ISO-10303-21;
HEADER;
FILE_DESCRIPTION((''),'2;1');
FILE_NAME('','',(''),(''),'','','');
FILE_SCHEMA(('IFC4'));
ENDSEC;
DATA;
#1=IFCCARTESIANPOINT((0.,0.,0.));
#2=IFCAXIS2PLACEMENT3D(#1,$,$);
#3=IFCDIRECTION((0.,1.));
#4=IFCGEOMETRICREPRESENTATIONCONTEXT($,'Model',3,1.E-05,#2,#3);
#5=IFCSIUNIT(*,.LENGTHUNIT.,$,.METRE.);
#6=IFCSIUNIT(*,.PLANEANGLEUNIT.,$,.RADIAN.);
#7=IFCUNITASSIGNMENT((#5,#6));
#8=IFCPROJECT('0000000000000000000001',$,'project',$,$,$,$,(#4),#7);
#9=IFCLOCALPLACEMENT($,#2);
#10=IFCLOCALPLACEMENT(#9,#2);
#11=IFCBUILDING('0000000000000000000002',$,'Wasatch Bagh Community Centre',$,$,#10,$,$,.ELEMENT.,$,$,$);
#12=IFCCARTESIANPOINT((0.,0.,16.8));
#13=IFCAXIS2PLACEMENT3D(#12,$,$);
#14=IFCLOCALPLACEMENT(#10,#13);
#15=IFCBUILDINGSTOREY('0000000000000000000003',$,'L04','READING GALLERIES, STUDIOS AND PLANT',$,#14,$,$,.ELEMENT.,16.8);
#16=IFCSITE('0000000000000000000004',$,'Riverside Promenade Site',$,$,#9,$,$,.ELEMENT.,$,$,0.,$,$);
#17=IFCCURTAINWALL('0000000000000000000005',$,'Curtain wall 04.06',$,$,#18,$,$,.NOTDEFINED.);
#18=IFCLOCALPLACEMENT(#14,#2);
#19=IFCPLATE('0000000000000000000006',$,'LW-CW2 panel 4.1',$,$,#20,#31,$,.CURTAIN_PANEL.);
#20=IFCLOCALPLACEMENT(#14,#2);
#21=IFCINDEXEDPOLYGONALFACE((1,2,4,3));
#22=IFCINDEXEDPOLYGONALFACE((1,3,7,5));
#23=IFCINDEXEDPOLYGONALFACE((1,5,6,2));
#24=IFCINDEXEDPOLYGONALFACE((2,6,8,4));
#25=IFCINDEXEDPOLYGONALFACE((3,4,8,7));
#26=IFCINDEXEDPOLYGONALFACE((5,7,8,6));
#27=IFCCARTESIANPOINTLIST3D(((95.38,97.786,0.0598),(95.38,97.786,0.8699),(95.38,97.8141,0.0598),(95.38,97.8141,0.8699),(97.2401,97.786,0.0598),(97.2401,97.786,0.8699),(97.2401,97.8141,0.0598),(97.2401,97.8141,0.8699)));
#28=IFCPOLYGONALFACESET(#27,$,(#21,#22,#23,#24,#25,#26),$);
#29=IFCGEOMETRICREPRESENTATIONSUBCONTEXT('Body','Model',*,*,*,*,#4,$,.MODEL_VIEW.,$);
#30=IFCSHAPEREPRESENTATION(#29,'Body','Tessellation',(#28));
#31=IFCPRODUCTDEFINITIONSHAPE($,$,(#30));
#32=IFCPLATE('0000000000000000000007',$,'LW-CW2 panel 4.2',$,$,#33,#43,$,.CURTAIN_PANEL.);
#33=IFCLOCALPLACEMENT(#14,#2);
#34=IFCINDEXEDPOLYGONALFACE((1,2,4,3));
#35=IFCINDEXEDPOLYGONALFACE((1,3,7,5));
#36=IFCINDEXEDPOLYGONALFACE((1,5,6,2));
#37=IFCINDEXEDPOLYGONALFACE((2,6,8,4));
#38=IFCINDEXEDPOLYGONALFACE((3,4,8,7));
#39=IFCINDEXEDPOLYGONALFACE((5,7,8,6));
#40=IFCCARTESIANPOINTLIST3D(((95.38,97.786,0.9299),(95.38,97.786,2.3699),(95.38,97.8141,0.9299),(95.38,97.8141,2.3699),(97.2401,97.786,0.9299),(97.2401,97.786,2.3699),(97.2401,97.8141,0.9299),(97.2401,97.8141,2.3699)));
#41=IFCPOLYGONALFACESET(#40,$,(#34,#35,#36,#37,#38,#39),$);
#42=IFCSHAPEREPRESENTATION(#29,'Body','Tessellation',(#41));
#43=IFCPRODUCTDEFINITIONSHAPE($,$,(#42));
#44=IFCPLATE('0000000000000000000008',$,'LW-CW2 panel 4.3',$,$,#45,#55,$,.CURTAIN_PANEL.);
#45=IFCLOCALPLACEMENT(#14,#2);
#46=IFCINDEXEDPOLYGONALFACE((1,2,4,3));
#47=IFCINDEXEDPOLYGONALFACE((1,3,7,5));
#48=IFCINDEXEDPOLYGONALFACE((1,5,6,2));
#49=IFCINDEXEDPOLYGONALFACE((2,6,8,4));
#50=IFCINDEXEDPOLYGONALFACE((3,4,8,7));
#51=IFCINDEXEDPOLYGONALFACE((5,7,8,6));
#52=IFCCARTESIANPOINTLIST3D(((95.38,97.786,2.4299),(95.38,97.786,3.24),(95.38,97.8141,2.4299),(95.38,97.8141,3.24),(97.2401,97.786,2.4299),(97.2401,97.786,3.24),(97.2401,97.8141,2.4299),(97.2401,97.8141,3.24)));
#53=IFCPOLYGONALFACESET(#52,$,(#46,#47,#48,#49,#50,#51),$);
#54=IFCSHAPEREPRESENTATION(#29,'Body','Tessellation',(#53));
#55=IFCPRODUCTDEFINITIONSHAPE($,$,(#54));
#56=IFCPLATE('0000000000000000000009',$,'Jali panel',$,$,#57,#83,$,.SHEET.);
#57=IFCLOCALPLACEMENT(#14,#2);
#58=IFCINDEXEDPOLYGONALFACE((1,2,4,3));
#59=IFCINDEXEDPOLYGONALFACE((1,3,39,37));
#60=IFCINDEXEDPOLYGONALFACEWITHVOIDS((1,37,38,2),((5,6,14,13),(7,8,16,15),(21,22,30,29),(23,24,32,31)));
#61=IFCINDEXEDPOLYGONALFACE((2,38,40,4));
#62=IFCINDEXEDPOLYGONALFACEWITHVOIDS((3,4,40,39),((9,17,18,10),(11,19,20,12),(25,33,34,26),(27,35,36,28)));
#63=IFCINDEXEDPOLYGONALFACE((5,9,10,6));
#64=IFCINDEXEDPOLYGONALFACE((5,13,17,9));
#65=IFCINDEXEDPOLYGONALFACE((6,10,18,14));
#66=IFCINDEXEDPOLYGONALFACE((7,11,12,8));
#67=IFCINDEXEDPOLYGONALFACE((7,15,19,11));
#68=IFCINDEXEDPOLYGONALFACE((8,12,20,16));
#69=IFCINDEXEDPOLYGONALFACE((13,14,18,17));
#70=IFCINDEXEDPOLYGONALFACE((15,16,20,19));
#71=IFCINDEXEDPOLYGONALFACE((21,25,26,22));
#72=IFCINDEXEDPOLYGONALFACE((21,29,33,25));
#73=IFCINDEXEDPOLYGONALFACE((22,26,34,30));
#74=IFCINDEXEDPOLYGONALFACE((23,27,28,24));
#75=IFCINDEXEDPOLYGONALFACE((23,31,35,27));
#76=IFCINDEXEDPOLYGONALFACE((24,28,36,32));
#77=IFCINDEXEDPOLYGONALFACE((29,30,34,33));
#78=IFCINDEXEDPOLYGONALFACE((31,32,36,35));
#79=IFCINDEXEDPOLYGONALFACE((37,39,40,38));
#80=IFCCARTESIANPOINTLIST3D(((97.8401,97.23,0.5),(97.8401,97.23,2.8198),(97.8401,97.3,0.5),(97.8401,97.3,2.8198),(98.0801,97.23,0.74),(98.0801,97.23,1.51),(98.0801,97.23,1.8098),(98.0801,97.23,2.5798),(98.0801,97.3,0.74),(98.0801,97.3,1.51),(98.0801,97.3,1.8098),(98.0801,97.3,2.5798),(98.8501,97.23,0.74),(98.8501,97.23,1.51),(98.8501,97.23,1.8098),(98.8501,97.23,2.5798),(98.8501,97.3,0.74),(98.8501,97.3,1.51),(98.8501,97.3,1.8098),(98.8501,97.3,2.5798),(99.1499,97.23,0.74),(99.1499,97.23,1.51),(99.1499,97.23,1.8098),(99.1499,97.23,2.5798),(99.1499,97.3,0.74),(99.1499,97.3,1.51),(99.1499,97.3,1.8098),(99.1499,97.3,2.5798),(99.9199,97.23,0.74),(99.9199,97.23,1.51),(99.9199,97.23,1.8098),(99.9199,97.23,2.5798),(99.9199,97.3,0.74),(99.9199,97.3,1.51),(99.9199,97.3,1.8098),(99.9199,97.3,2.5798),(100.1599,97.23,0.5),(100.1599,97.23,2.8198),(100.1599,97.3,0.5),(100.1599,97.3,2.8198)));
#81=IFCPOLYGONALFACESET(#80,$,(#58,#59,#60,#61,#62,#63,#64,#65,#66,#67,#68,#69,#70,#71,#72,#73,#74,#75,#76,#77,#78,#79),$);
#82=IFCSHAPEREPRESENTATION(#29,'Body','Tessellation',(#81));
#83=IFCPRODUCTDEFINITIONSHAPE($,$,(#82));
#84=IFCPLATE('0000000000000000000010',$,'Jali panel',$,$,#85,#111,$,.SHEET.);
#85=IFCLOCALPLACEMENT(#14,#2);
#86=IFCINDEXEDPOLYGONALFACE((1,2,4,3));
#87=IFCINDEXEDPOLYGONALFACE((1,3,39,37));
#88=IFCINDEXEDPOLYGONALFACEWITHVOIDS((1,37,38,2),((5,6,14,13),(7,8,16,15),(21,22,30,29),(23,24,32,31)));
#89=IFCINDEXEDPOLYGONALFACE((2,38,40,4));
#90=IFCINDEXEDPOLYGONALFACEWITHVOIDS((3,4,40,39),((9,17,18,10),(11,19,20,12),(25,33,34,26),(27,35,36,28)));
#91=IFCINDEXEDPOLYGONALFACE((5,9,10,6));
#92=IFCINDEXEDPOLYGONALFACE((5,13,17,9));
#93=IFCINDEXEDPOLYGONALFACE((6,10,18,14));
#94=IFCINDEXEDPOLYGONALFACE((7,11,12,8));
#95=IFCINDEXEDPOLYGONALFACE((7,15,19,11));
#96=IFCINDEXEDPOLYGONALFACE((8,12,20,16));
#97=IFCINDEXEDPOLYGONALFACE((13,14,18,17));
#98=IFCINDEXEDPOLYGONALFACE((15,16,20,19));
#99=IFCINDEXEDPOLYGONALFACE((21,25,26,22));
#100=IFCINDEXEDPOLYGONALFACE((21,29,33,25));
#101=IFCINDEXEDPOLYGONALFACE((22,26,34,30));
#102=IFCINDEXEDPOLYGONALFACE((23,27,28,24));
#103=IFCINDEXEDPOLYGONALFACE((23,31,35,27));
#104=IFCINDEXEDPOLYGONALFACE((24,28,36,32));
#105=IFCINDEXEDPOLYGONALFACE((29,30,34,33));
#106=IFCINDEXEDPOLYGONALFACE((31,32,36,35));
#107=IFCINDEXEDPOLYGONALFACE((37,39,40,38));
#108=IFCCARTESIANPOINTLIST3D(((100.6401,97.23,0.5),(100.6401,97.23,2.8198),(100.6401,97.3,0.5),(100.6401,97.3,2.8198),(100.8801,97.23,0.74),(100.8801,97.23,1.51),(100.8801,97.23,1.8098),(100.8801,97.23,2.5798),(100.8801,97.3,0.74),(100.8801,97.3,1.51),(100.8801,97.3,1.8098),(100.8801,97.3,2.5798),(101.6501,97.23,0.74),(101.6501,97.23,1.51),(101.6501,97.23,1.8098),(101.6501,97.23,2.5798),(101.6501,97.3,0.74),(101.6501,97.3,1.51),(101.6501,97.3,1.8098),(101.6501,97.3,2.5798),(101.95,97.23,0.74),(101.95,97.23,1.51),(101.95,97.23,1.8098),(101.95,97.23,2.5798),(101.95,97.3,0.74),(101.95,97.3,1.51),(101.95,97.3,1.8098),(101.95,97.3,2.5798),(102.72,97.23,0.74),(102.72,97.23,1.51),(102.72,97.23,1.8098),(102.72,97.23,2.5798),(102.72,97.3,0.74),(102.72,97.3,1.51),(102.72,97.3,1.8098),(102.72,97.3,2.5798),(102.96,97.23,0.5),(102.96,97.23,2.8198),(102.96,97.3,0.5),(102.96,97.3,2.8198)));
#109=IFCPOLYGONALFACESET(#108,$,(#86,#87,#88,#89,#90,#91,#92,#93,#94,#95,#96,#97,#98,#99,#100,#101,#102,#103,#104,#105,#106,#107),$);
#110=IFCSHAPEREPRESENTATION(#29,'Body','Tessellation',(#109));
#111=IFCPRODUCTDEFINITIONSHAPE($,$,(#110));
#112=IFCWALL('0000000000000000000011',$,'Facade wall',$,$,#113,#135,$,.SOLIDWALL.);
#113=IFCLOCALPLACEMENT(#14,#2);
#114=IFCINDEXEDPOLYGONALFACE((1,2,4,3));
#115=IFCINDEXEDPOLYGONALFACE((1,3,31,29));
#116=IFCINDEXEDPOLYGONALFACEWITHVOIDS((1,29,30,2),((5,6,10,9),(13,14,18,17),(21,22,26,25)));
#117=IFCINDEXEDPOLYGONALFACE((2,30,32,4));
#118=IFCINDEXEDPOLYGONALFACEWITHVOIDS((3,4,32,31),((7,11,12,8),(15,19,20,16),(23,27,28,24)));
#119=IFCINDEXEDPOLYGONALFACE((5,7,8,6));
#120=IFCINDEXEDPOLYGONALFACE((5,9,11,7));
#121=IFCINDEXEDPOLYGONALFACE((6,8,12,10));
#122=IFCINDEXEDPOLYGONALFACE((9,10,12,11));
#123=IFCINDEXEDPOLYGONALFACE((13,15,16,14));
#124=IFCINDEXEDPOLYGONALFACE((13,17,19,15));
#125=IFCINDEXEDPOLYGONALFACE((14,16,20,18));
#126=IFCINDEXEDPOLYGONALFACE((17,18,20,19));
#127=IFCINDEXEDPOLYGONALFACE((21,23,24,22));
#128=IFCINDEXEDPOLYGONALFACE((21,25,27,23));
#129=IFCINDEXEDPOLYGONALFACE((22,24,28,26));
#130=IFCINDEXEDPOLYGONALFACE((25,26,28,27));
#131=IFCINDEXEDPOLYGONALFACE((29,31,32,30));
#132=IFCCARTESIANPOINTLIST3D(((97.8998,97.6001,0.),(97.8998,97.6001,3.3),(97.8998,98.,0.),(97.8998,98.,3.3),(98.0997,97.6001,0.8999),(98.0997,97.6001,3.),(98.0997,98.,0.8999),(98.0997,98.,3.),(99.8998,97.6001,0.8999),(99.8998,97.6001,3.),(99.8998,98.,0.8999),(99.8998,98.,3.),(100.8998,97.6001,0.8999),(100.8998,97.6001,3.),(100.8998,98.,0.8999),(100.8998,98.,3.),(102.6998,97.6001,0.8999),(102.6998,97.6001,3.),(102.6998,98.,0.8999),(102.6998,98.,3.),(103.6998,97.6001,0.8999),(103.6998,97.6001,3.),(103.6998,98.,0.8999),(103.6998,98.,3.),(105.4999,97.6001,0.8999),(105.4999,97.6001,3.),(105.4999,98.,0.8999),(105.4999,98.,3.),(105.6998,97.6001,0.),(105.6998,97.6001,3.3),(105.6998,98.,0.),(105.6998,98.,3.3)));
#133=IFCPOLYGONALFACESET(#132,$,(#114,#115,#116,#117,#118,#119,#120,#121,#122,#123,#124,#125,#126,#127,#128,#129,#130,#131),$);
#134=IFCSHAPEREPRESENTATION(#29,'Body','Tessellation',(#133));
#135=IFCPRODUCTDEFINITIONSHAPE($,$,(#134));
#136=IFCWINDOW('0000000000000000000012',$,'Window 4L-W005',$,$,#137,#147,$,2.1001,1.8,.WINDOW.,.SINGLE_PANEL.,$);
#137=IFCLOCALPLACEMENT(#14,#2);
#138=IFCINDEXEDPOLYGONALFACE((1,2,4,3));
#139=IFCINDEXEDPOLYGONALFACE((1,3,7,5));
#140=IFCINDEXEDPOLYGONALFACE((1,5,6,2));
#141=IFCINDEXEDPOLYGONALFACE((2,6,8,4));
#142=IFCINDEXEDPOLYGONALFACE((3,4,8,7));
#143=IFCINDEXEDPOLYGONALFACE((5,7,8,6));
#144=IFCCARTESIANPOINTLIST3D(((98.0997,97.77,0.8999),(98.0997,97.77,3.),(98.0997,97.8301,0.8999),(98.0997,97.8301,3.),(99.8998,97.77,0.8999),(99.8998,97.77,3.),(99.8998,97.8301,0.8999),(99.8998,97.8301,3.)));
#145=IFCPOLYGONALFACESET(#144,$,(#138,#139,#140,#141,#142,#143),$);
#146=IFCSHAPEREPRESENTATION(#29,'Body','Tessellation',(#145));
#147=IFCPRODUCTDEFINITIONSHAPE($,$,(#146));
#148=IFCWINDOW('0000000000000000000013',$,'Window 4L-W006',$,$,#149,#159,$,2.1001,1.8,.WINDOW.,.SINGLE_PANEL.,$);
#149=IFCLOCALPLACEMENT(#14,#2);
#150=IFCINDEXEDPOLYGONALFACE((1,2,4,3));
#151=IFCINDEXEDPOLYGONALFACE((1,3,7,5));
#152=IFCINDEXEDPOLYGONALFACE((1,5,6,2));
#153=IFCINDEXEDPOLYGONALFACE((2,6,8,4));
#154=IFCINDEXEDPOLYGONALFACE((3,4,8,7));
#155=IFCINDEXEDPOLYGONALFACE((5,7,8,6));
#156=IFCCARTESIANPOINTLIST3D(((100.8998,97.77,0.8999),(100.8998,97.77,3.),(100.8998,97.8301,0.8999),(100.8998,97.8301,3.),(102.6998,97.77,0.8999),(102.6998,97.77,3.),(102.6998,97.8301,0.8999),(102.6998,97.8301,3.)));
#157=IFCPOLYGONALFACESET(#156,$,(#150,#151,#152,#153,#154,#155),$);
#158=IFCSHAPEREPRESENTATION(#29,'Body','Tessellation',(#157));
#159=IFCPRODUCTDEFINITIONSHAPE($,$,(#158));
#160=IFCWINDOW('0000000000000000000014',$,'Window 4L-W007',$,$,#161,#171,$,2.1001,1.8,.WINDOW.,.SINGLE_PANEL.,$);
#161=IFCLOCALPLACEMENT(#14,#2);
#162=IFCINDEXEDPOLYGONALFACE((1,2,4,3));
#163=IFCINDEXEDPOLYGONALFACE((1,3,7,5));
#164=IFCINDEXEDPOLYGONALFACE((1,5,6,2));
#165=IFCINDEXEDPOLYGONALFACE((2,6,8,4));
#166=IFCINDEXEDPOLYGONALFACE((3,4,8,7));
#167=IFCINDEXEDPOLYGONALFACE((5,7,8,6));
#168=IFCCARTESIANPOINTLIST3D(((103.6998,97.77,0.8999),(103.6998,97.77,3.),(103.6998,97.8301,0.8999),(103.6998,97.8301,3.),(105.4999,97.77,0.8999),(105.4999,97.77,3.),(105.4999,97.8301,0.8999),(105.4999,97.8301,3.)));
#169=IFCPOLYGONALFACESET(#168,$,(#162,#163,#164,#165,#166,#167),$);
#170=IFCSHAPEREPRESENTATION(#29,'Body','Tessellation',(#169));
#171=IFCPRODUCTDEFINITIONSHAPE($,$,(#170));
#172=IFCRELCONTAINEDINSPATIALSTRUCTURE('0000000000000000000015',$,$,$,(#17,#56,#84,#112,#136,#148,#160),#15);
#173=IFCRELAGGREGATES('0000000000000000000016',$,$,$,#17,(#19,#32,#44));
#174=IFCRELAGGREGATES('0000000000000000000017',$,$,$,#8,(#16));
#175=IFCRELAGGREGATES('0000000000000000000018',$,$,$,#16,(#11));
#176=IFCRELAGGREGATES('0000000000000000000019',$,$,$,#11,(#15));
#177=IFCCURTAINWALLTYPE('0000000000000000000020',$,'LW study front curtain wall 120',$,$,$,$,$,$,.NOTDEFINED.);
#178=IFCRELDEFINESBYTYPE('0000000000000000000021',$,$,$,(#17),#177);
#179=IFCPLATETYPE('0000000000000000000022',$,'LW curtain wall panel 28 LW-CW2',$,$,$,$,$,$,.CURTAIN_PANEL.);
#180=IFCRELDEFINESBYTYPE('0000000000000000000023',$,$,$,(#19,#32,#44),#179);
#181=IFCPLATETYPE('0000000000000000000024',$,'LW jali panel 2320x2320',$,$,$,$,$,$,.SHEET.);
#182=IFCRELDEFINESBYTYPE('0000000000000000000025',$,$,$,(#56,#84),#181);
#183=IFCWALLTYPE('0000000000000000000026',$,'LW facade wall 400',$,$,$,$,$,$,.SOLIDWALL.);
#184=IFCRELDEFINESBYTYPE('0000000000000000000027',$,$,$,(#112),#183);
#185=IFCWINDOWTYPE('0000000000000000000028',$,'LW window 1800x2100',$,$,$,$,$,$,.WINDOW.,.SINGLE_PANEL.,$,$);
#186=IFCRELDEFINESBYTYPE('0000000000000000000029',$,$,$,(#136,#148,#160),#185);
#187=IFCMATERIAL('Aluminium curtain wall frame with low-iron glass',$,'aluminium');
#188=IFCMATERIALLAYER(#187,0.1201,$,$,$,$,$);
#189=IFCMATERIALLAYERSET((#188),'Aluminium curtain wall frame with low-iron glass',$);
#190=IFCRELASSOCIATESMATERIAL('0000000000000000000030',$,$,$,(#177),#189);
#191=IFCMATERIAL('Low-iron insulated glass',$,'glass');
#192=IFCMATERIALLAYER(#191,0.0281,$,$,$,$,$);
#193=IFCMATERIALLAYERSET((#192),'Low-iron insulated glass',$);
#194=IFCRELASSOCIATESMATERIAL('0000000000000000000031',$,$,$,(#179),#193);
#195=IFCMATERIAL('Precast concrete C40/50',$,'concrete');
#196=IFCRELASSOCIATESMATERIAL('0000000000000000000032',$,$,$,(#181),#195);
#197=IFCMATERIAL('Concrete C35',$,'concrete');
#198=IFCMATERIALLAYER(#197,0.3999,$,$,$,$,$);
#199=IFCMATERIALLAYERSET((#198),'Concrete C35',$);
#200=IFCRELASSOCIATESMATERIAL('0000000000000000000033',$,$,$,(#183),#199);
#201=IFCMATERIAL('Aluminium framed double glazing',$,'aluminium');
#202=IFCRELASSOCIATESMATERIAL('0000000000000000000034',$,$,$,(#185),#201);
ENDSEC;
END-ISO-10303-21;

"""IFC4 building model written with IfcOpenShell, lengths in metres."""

from ifc_helpers import new_model, si_unit, direction, frame, frame_2d, origin, origin_2d, place, context, subcontext, project, spatial, polyline, rectangle, outline, extrude, material, layer, layer_set, material_profile, profile_set, type_object, element, fill, aggregate, save


model = new_model("IFC4")

# Units and contexts
model_context = context("Model", 3, precision=1e-05, world=origin(), true_north=direction((0.0, 1.0)))
body_context = subcontext(model_context, "Body", "Model", "MODEL_VIEW")
ifc_project = project(units=[si_unit("LENGTHUNIT", "METRE"), si_unit("PLANEANGLEUNIT", "RADIAN")], contexts=[model_context])

# Site, building, storey
site_placement = place(None, origin())
site = spatial("IfcSite", under=ifc_project, at=site_placement, Name="Riverside Promenade Site", CompositionType="ELEMENT", RefElevation=0.0)
building_placement = place(site_placement, origin())
building = spatial("IfcBuilding", under=site, at=building_placement, Name="Wasatch Bagh Community Centre", CompositionType="ELEMENT")
storey_placement = place(building_placement, frame((0.0, 0.0, 16.8)))
storey = spatial("IfcBuildingStorey", under=building, at=storey_placement, Name="L04", Description="READING GALLERIES, STUDIOS AND PLANT", CompositionType="ELEMENT", Elevation=16.8)

# Shared definitions
ifc_material_1 = material(Name="Concrete C35", Category="concrete")

# Curtain wall, plates
ifc_material_2 = material(Name="Aluminium curtain wall frame with low-iron glass", Category="aluminium")
ifc_layer_1 = layer(ifc_material_2, 0.1201)
ifc_layer_set_1 = layer_set([ifc_layer_1], Name="Aluminium curtain wall frame with low-iron glass")
curtain_wall_type = type_object("IfcCurtainWallType", Name="LW study front curtain wall 120", PredefinedType="NOTDEFINED", material=ifc_layer_set_1)
curtain_wall_placement = place(storey_placement, origin())
curtain_wall = element("IfcCurtainWall", 1, at=curtain_wall_placement, inside=storey, type_object=curtain_wall_type, Name="Curtain wall 04.06", PredefinedType="NOTDEFINED")
ifc_material_3 = material(Name="Low-iron insulated glass", Category="glass")
ifc_layer_2 = layer(ifc_material_3, 0.0281)
ifc_layer_set_2 = layer_set([ifc_layer_2], Name="Low-iron insulated glass")
plate_type_1 = type_object("IfcPlateType", Name="LW curtain wall panel 28 LW-CW2", PredefinedType="CURTAIN_PANEL", material=ifc_layer_set_2)
plate_1_placement = place(storey_placement, frame((96.3101, 97.8, 0.0598), z_axis=(0.0, 0.0, 1.0), x_axis=(1.0, 0.0, 0.0)))
plate_1 = element("IfcPlate", 2, at=plate_1_placement, type_object=plate_type_1, Name="LW-CW2 panel 4.1", PredefinedType="CURTAIN_PANEL", context=body_context, shape_type="SweptSolid", body=[
    extrude(rectangle(XDim=1.8601, YDim=0.0281, at=origin_2d()), origin(), (0.0, 0.0, 1.0), 0.8101),
])
plate_2_placement = place(storey_placement, frame((96.3101, 97.8, 0.9299), z_axis=(0.0, 0.0, 1.0), x_axis=(1.0, 0.0, 0.0)))
plate_2 = element("IfcPlate", 3, at=plate_2_placement, type_object=plate_type_1, Name="LW-CW2 panel 4.2", PredefinedType="CURTAIN_PANEL", context=body_context, shape_type="SweptSolid", body=[
    extrude(rectangle(XDim=1.8601, YDim=0.0281, at=origin_2d()), origin(), (0.0, 0.0, 1.0), 1.4399),
])
plate_3_placement = place(storey_placement, frame((96.3101, 97.8, 2.4299), z_axis=(0.0, 0.0, 1.0), x_axis=(1.0, 0.0, 0.0)))
plate_3 = element("IfcPlate", 4, at=plate_3_placement, type_object=plate_type_1, Name="LW-CW2 panel 4.3", PredefinedType="CURTAIN_PANEL", context=body_context, shape_type="SweptSolid", body=[
    extrude(rectangle(XDim=1.8601, YDim=0.0281, at=origin_2d()), origin(), (0.0, 0.0, 1.0), 0.8101),
])
aggregate(curtain_wall, [plate_1, plate_2, plate_3])

# Plates
ifc_material_4 = material(Name="Precast concrete C40/50", Category="concrete")
ifc_material_profile_1 = material_profile(ifc_material_4, outline(polyline([(-1.1599, -1.1599), (1.1599, -1.1599), (1.1599, 1.1599), (-1.1599, 1.1599), (-1.1599, -1.1599)]), holes=[polyline([(-0.9199, -0.9199), (-0.1499, -0.9199), (-0.1499, -0.1499), (-0.9199, -0.1499), (-0.9199, -0.9199)]), polyline([(-0.9199, 0.1499), (-0.1499, 0.1499), (-0.1499, 0.9199), (-0.9199, 0.9199), (-0.9199, 0.1499)]), polyline([(0.1499, -0.9199), (0.9199, -0.9199), (0.9199, -0.1499), (0.1499, -0.1499), (0.1499, -0.9199)]), polyline([(0.1499, 0.1499), (0.9199, 0.1499), (0.9199, 0.9199), (0.1499, 0.9199), (0.1499, 0.1499)])]), Name="Jali lattice")
ifc_profile_set_1 = profile_set([ifc_material_profile_1], Name="Precast concrete C40/50")
plate_type_2 = type_object("IfcPlateType", Name="LW jali panel 2320x2320", PredefinedType="SHEET", material=ifc_profile_set_1)
for number, where, z_axis, x_axis, name in (
    (5, (99.0, 97.3, 1.6599), (0.0, -1.0, 0.0), (1.0, 0.0, 0.0), "Jali panel"),
    (6, (101.8, 97.3, 1.6599), (0.0, -1.0, 0.0), (1.0, 0.0, 0.0), "Jali panel"),
):
    element("IfcPlate", number, at=place(storey_placement, frame(where, z_axis=z_axis, x_axis=x_axis)), inside=storey, type_object=plate_type_2, Name=name, PredefinedType="SHEET", context=body_context, shape_type="SweptSolid", body=[
        extrude(outline(polyline([(-1.1599, -1.1599), (1.1599, -1.1599), (1.1599, 1.1599), (-1.1599, 1.1599), (-1.1599, -1.1599)]), holes=[polyline([(-0.9199, -0.9199), (-0.1499, -0.9199), (-0.1499, -0.1499), (-0.9199, -0.1499), (-0.9199, -0.9199)]), polyline([(-0.9199, 0.1499), (-0.1499, 0.1499), (-0.1499, 0.9199), (-0.9199, 0.9199), (-0.9199, 0.1499)]), polyline([(0.1499, -0.9199), (0.9199, -0.9199), (0.9199, -0.1499), (0.1499, -0.1499), (0.1499, -0.9199)]), polyline([(0.1499, 0.1499), (0.9199, 0.1499), (0.9199, 0.9199), (0.1499, 0.9199), (0.1499, 0.1499)])]), origin(), (0.0, 0.0, 1.0), 0.0701),
    ])

# Wall, openings, windows
ifc_layer_3 = layer(ifc_material_1, 0.3999)
ifc_layer_set_3 = layer_set([ifc_layer_3], Name="Concrete C35")
wall_type_1 = type_object("IfcWallType", Name="LW facade wall 400", PredefinedType="SOLIDWALL", material=ifc_layer_set_3)
wall_1_placement = place(storey_placement, frame((97.8999, 97.8, 0.0), z_axis=(0.0, 0.0, 1.0), x_axis=(1.0, 0.0, 0.0)))
wall_1 = element("IfcWall", 7, at=wall_1_placement, inside=storey, type_object=wall_type_1, Name="Facade wall", PredefinedType="SOLIDWALL", context=body_context, shape_type="SweptSolid", body=[
    extrude(rectangle(XDim=7.8, YDim=0.3999, at=frame_2d((3.8999, 0.0))), origin(), (0.0, 0.0, 1.0), 3.3),
])
opening_1_placement = place(wall_1_placement, frame((0.2, 0.0, 0.8999)))
opening_1 = element("IfcOpeningElement", 8, at=opening_1_placement, cuts=wall_1, PredefinedType="OPENING", context=body_context, shape_type="SweptSolid", body=[
    extrude(rectangle(XDim=1.8, YDim=2.1001, at=frame_2d((0.8999, 1.05))), frame((0.0, 0.21, 0.0), z_axis=(0.0, -1.0, 0.0), x_axis=(1.0, 0.0, 0.0)), (0.0, 0.0, 1.0), 0.4199),
])
opening_2_placement = place(wall_1_placement, frame((3.0, 0.0, 0.8999)))
opening_2 = element("IfcOpeningElement", 9, at=opening_2_placement, cuts=wall_1, PredefinedType="OPENING", context=body_context, shape_type="SweptSolid", body=[
    extrude(rectangle(XDim=1.8, YDim=2.1001, at=frame_2d((0.8999, 1.05))), frame((0.0, 0.21, 0.0), z_axis=(0.0, -1.0, 0.0), x_axis=(1.0, 0.0, 0.0)), (0.0, 0.0, 1.0), 0.4199),
])
opening_3_placement = place(wall_1_placement, frame((5.8, 0.0, 0.8999)))
opening_3 = element("IfcOpeningElement", 10, at=opening_3_placement, cuts=wall_1, PredefinedType="OPENING", context=body_context, shape_type="SweptSolid", body=[
    extrude(rectangle(XDim=1.8, YDim=2.1001, at=frame_2d((0.8999, 1.05))), frame((0.0, 0.21, 0.0), z_axis=(0.0, -1.0, 0.0), x_axis=(1.0, 0.0, 0.0)), (0.0, 0.0, 1.0), 0.4199),
])
ifc_material_5 = material(Name="Aluminium framed double glazing", Category="aluminium")
window_type = type_object("IfcWindowType", Name="LW window 1800x2100", PartitioningType="SINGLE_PANEL", PredefinedType="WINDOW", material=ifc_material_5)
window_1_placement = place(opening_1_placement, origin())
window_1 = element("IfcWindow", 11, at=window_1_placement, inside=storey, type_object=window_type, Name="Window 4L-W005", OverallHeight=2.1001, OverallWidth=1.8, PartitioningType="SINGLE_PANEL", PredefinedType="WINDOW", context=body_context, shape_type="SweptSolid", body=[
    extrude(rectangle(XDim=1.8, YDim=2.1001, at=frame_2d((0.8999, 1.05))), frame((0.0, 0.03, 0.0), z_axis=(0.0, -1.0, 0.0), x_axis=(1.0, 0.0, 0.0)), (0.0, 0.0, 1.0), 0.0601),
])
fill(opening_1, window_1)
window_2_placement = place(opening_2_placement, origin())
window_2 = element("IfcWindow", 12, at=window_2_placement, inside=storey, type_object=window_type, Name="Window 4L-W006", OverallHeight=2.1001, OverallWidth=1.8, PartitioningType="SINGLE_PANEL", PredefinedType="WINDOW", context=body_context, shape_type="SweptSolid", body=[
    extrude(rectangle(XDim=1.8, YDim=2.1001, at=frame_2d((0.8999, 1.05))), frame((0.0, 0.03, 0.0), z_axis=(0.0, -1.0, 0.0), x_axis=(1.0, 0.0, 0.0)), (0.0, 0.0, 1.0), 0.0601),
])
fill(opening_2, window_2)
window_3_placement = place(opening_3_placement, origin())
window_3 = element("IfcWindow", 13, at=window_3_placement, inside=storey, type_object=window_type, Name="Window 4L-W007", OverallHeight=2.1001, OverallWidth=1.8, PartitioningType="SINGLE_PANEL", PredefinedType="WINDOW", context=body_context, shape_type="SweptSolid", body=[
    extrude(rectangle(XDim=1.8, YDim=2.1001, at=frame_2d((0.8999, 1.05))), frame((0.0, 0.03, 0.0), z_axis=(0.0, -1.0, 0.0), x_axis=(1.0, 0.0, 0.0)), (0.0, 0.0, 1.0), 0.0601),
])
fill(opening_3, window_3)

save(model, "model.ifc")
